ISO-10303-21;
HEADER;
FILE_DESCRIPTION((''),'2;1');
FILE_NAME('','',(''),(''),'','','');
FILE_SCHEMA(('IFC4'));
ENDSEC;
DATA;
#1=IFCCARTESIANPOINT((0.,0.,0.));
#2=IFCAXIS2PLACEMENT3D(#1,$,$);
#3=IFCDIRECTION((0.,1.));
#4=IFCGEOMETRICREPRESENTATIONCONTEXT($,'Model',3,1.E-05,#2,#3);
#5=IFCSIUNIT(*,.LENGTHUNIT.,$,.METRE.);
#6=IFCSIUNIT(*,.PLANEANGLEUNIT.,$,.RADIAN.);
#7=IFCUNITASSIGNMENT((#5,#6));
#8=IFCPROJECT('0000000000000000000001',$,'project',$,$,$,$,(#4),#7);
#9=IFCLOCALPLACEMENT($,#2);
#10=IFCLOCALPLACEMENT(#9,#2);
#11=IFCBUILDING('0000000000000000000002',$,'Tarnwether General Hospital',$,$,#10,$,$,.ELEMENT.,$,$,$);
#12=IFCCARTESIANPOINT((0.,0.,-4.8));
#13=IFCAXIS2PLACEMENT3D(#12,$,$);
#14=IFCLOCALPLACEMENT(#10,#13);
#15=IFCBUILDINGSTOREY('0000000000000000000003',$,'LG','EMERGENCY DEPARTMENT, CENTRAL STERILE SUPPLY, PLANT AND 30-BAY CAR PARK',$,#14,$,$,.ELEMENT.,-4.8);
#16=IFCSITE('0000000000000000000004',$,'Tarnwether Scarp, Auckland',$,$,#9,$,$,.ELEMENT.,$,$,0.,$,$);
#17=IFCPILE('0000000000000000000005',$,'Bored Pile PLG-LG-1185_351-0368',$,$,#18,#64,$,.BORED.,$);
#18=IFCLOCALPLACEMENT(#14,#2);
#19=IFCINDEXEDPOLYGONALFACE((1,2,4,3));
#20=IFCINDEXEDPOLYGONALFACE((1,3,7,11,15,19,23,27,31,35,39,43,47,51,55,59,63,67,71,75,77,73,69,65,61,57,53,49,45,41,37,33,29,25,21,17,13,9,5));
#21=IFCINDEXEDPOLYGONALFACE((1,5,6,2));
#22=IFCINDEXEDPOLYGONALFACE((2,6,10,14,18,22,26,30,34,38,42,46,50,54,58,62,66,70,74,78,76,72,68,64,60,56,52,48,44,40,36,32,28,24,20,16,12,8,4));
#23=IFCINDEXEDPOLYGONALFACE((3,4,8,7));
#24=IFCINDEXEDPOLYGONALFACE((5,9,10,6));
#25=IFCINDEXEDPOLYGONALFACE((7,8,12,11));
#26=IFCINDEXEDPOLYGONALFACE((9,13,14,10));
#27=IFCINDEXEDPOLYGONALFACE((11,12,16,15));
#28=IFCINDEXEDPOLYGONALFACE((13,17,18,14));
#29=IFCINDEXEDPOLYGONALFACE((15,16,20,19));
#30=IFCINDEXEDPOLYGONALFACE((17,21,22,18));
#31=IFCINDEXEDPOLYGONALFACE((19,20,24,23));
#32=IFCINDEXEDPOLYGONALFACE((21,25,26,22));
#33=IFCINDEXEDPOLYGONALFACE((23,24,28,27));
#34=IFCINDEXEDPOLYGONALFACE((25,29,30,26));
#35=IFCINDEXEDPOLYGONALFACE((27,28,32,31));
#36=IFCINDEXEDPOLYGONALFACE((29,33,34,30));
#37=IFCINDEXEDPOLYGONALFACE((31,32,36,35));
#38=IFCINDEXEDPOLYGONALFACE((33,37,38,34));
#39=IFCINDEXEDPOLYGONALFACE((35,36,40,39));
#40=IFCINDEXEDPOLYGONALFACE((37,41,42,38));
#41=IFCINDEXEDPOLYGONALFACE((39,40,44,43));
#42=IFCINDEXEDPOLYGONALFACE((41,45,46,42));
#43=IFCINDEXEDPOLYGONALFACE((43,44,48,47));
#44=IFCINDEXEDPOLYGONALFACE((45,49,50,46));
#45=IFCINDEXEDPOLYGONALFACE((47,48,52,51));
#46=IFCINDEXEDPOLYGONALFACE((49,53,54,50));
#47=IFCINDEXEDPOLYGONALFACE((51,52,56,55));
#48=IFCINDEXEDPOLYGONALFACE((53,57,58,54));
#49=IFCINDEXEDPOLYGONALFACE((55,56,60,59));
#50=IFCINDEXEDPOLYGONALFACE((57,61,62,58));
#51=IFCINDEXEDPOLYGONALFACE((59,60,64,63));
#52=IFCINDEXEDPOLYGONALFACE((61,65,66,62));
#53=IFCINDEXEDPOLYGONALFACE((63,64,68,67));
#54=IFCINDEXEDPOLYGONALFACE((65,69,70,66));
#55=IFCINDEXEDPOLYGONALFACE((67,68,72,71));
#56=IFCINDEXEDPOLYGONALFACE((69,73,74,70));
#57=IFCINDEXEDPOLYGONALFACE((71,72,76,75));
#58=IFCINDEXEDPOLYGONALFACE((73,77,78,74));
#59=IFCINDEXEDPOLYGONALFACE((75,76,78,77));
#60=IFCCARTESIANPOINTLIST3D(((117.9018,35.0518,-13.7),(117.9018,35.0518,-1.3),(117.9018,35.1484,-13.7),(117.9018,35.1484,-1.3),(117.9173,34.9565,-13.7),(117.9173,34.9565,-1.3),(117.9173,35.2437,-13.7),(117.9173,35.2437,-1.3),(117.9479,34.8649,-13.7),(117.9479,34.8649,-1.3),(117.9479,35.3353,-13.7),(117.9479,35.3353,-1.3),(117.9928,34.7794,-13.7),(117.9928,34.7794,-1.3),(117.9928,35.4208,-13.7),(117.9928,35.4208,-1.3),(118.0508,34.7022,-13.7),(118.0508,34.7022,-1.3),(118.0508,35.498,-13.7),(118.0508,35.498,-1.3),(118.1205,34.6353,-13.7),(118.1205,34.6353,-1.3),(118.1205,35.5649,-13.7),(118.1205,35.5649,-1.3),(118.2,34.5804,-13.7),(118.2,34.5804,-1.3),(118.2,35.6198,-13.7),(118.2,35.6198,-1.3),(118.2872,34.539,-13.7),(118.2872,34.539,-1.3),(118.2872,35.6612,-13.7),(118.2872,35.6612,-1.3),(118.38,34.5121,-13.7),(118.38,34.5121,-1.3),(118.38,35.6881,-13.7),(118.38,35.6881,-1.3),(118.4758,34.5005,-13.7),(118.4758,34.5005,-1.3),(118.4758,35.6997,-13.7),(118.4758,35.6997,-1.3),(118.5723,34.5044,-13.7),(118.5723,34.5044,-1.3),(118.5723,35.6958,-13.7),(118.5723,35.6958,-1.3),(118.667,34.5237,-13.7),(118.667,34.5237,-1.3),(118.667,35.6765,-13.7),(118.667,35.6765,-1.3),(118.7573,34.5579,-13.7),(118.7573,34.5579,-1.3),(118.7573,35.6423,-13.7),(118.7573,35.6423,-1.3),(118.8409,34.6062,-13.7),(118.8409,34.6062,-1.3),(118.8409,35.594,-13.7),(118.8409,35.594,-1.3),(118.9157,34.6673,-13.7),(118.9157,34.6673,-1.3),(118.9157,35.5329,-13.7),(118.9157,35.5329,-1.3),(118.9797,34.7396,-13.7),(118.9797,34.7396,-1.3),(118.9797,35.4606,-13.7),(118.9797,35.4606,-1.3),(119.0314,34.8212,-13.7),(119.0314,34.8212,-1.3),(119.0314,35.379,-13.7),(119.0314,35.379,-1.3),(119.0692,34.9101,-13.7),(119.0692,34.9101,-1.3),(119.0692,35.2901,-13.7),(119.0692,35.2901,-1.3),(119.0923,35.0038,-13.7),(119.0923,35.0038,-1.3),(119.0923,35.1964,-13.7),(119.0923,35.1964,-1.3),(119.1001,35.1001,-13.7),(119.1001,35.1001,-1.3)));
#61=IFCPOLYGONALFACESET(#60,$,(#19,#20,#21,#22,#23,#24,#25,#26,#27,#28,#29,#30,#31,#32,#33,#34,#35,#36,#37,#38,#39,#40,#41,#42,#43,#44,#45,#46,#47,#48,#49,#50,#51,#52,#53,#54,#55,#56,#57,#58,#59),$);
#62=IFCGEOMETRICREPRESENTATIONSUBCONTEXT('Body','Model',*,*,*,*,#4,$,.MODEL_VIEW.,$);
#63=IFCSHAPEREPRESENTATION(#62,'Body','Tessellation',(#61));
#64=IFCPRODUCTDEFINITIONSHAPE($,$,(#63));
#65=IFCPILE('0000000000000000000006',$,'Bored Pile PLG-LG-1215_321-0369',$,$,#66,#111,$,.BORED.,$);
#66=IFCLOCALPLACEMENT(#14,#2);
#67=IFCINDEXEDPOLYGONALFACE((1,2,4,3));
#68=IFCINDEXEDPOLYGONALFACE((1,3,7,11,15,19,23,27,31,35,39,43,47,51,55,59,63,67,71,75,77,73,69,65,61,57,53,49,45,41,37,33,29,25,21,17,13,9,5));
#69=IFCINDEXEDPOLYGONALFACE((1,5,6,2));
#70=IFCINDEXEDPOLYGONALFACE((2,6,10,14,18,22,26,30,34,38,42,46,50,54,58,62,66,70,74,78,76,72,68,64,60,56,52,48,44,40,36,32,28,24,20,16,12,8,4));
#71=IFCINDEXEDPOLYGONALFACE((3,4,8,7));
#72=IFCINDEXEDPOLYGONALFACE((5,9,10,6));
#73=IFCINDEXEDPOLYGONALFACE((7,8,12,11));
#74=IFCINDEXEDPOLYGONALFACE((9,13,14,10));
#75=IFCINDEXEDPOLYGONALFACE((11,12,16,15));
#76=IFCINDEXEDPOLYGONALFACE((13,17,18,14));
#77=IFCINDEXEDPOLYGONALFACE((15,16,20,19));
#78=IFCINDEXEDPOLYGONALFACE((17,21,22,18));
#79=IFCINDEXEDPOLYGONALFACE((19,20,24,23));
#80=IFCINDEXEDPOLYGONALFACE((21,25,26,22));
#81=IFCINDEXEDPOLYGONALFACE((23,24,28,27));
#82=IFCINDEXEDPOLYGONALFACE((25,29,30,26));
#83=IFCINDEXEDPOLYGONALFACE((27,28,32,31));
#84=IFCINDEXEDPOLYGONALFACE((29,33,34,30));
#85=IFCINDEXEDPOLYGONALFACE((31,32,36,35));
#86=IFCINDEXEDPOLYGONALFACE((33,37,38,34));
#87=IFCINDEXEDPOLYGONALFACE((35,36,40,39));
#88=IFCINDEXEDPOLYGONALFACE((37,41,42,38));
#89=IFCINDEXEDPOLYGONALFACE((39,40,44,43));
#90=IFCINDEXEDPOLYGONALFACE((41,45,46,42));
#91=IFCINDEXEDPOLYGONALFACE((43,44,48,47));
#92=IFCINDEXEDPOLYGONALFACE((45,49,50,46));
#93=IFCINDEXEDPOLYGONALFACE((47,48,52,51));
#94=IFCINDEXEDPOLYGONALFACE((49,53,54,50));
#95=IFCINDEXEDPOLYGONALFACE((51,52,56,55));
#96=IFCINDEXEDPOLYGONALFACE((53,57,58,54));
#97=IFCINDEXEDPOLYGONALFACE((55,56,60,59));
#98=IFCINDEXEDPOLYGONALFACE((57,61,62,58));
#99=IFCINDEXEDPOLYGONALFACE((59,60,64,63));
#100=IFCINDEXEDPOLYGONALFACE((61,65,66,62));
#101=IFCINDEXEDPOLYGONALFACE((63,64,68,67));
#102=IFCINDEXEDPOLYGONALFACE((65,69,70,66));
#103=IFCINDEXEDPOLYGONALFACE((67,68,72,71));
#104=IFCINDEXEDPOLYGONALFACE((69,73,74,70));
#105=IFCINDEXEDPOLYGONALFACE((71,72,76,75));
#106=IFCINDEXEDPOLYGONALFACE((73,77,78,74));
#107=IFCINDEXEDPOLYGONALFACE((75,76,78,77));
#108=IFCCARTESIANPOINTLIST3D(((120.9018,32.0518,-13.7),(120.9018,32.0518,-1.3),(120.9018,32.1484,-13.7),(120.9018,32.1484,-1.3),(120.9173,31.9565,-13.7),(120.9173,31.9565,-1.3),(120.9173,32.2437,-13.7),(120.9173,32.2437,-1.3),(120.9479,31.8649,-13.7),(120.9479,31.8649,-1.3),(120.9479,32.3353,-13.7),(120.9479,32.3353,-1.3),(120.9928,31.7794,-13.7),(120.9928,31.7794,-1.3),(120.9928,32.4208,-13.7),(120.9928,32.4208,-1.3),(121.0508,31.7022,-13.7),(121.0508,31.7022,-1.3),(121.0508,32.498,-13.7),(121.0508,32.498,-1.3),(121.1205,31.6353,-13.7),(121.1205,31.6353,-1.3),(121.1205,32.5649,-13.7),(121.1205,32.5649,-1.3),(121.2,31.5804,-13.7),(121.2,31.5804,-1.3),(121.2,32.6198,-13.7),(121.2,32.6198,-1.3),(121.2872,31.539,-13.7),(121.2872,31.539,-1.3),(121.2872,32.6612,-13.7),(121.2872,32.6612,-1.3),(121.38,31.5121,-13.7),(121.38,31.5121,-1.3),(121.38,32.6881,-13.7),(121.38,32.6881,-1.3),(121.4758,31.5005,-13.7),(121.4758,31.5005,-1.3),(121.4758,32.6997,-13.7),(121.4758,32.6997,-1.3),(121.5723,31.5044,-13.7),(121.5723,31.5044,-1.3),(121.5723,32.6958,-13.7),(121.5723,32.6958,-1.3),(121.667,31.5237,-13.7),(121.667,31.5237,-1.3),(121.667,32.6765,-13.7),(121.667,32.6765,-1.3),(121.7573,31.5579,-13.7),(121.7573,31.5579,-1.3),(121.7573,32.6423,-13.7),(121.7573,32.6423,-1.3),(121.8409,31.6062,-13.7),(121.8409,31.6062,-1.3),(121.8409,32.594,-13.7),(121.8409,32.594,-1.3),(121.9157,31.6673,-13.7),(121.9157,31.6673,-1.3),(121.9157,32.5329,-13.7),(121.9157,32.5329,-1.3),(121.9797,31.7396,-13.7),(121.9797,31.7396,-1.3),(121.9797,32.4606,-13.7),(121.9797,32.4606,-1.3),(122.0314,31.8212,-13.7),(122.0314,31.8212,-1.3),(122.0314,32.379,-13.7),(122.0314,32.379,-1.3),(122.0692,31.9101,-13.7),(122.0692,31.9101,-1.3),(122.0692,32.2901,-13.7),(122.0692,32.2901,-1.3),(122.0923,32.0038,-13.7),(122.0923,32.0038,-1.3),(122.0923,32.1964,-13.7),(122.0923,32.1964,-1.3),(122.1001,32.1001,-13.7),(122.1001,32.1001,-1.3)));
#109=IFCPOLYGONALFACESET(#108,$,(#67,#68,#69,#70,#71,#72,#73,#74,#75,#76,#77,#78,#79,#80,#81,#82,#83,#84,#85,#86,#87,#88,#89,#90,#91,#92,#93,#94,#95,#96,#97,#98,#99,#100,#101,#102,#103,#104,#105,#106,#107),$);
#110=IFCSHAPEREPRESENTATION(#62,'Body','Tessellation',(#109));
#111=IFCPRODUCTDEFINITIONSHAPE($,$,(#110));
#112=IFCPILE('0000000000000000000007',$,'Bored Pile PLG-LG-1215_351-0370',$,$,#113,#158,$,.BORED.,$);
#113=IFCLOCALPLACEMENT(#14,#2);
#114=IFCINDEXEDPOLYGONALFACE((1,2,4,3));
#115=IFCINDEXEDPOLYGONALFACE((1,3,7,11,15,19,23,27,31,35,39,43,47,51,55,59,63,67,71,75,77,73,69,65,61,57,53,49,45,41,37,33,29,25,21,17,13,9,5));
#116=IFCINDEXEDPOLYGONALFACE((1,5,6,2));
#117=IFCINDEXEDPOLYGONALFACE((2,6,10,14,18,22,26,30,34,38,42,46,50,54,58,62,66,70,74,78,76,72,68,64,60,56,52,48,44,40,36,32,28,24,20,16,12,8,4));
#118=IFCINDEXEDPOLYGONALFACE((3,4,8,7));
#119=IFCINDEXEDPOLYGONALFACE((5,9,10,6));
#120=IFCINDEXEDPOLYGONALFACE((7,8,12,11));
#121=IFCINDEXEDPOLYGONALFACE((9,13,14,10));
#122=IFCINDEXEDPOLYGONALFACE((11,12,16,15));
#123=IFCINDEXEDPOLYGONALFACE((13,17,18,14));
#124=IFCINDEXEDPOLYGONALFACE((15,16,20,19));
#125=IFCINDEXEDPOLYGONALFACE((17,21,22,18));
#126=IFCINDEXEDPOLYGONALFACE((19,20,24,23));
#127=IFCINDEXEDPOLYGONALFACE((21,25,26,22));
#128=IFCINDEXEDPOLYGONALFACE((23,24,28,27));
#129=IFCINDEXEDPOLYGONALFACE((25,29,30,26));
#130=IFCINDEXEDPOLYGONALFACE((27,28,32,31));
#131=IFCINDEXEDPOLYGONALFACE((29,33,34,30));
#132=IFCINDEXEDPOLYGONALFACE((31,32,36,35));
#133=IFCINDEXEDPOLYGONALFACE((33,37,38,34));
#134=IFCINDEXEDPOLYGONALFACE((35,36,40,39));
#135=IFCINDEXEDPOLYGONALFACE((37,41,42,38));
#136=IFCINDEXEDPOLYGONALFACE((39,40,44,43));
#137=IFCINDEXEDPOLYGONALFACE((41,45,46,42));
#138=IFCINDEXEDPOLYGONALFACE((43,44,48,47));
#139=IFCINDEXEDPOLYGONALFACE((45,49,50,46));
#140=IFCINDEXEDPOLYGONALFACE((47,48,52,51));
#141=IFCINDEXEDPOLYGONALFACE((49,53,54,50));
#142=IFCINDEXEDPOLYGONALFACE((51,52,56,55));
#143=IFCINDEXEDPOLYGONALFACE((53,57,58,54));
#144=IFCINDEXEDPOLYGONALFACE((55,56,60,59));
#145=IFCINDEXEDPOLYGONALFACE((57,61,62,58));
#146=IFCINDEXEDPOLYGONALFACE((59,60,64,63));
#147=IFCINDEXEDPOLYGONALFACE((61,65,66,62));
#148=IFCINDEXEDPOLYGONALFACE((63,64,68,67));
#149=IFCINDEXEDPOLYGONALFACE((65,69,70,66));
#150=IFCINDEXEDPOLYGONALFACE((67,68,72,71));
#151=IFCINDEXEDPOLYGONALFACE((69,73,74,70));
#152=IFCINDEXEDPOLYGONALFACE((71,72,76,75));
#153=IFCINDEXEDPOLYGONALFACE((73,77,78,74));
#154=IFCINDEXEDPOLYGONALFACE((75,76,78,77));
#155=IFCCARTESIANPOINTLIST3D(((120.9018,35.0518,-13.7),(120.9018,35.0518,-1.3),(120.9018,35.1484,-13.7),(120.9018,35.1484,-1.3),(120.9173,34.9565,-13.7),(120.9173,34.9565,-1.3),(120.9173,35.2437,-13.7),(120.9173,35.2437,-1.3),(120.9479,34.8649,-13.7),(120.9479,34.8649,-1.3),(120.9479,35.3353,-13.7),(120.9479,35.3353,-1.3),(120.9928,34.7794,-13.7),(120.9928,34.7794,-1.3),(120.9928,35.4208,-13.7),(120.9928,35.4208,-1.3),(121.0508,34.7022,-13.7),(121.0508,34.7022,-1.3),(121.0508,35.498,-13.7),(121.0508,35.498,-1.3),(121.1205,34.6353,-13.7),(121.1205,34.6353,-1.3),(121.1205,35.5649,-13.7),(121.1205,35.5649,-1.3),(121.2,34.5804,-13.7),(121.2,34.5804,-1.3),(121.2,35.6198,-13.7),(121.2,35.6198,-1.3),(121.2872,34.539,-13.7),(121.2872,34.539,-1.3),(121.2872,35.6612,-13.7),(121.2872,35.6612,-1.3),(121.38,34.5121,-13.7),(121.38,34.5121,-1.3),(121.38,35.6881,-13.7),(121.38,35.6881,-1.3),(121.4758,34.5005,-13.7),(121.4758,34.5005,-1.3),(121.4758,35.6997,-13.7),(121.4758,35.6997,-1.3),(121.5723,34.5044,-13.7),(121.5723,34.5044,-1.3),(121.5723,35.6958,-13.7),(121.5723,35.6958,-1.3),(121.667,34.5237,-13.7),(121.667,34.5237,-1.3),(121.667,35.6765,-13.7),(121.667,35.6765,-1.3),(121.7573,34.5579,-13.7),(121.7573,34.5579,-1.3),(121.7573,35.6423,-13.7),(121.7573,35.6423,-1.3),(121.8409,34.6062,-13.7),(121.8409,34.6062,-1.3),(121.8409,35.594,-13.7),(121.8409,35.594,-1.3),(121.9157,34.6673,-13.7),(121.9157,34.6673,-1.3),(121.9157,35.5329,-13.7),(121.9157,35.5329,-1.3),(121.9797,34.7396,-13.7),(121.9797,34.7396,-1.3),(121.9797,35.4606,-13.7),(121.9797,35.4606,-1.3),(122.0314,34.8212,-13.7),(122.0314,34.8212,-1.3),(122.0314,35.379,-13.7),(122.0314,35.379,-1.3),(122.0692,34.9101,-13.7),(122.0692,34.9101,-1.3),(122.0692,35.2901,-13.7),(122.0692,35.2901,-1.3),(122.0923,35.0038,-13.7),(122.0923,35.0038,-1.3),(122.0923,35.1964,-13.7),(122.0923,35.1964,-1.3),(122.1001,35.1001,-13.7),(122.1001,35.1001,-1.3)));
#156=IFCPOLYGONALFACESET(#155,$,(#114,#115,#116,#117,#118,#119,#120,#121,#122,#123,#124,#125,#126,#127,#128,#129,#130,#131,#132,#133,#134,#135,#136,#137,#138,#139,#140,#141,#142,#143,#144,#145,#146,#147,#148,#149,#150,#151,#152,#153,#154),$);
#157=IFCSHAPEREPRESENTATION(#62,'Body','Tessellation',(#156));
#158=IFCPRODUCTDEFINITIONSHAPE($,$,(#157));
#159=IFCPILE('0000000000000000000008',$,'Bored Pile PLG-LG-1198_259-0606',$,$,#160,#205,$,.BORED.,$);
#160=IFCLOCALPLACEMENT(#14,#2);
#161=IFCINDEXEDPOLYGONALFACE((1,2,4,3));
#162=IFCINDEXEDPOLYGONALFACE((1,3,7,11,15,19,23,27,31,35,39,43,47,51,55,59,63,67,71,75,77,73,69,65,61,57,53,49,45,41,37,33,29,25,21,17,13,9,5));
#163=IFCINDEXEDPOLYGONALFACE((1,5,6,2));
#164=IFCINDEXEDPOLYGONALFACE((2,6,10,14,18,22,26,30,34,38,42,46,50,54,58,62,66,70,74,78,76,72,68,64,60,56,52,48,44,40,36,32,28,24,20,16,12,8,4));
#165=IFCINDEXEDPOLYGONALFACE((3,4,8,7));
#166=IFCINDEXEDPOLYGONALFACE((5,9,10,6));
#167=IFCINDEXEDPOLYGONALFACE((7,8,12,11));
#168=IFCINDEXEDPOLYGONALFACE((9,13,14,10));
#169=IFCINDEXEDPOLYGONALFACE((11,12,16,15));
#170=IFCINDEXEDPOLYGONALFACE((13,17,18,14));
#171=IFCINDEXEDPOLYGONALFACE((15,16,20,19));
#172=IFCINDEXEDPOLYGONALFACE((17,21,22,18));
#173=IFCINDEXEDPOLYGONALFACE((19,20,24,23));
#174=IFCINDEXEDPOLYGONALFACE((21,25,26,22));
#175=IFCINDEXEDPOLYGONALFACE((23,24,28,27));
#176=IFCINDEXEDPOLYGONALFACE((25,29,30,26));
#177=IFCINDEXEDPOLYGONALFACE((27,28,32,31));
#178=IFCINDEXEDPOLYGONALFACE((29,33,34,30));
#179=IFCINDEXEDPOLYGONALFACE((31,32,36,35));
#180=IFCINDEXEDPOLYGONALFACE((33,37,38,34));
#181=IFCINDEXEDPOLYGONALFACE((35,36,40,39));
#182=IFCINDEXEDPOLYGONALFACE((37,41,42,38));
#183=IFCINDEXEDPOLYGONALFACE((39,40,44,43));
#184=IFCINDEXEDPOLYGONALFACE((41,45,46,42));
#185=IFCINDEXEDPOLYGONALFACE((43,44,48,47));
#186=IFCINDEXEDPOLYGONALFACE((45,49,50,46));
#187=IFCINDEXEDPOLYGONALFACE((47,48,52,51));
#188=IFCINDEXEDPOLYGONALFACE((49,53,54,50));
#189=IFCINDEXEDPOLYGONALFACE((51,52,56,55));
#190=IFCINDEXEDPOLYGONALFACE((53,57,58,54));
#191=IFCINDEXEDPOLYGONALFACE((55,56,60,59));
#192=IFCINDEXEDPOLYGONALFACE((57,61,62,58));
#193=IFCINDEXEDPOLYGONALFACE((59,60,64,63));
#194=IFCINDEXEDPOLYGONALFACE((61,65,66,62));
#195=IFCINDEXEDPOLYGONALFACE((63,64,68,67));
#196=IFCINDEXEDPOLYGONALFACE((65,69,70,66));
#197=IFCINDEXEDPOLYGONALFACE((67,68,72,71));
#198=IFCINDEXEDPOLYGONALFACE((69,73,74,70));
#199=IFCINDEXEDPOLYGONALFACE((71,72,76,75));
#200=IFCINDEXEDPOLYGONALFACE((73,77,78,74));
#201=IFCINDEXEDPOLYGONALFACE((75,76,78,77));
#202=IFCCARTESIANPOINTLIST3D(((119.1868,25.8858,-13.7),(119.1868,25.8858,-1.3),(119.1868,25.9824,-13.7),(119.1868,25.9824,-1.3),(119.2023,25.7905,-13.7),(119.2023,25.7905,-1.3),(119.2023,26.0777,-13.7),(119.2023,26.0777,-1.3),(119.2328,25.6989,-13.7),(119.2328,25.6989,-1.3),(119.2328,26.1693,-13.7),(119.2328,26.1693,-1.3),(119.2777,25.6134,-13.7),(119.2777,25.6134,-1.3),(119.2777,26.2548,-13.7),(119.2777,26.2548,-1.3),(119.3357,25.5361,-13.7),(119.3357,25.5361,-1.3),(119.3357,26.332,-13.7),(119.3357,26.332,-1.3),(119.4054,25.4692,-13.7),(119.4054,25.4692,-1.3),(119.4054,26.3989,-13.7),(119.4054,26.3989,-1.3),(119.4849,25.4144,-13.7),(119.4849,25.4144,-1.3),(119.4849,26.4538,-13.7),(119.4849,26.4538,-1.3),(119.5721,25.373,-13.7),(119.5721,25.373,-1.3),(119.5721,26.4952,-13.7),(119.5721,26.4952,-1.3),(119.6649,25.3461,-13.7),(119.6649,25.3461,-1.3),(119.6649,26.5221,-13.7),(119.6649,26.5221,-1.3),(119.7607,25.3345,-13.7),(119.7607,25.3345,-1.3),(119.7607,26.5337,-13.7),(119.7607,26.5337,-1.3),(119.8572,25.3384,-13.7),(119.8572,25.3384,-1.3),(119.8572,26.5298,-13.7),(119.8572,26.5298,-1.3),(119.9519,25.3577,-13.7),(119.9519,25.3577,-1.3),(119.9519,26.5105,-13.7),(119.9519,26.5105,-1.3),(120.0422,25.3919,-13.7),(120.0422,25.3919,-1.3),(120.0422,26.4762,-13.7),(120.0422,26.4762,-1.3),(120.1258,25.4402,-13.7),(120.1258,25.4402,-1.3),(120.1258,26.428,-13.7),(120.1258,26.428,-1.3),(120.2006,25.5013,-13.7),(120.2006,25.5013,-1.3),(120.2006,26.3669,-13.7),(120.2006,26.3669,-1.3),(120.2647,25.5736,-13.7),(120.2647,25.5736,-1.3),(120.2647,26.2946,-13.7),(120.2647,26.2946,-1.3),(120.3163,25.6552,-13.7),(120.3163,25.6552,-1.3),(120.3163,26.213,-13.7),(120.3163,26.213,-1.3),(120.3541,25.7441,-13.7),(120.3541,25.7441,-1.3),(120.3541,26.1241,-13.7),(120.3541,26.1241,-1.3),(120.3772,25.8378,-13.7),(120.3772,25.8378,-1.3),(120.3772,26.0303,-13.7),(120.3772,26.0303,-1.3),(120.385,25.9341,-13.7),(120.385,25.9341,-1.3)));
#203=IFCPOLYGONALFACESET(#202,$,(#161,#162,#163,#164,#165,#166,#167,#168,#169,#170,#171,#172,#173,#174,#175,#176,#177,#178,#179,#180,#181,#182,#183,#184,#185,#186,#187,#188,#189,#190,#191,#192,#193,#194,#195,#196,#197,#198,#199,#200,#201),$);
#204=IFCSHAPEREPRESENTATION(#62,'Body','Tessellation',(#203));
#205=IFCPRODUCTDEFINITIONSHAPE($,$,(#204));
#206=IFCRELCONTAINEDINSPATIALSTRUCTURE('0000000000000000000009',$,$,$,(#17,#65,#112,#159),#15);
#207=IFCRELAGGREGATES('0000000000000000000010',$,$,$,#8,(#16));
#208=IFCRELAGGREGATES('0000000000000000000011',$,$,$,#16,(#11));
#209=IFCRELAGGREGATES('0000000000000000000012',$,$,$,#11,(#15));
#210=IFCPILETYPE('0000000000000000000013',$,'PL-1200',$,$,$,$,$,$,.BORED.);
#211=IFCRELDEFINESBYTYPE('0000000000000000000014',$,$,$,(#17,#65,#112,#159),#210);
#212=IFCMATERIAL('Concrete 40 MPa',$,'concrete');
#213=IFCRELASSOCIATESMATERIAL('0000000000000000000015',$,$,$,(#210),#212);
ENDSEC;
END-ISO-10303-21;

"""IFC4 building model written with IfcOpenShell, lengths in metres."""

from ifc_helpers import new_model, si_unit, direction, frame, origin, origin_2d, place, context, subcontext, project, spatial, circle, extrude, material, material_profile, profile_set, type_object, element, save


model = new_model("IFC4")

# Units and contexts
model_context = context("Model", 3, precision=1e-05, world=origin(), true_north=direction((0.0, 1.0)))
body_context = subcontext(model_context, "Body", "Model", "MODEL_VIEW")
ifc_project = project(units=[si_unit("LENGTHUNIT", "METRE"), si_unit("PLANEANGLEUNIT", "RADIAN")], contexts=[model_context])

# Site, building, storey
site_placement = place(None, origin())
site = spatial("IfcSite", under=ifc_project, at=site_placement, Name="Tarnwether Scarp, Auckland", CompositionType="ELEMENT", RefElevation=0.0)
building_placement = place(site_placement, origin())
building = spatial("IfcBuilding", under=site, at=building_placement, Name="Tarnwether General Hospital", CompositionType="ELEMENT")
storey_placement = place(building_placement, frame((0.0, 0.0, -4.8)))
storey = spatial("IfcBuildingStorey", under=building, at=storey_placement, Name="LG", Description="EMERGENCY DEPARTMENT, CENTRAL STERILE SUPPLY, PLANT AND 30-BAY CAR PARK", CompositionType="ELEMENT", Elevation=-4.8)

# Piles
ifc_material_1 = material(Name="Concrete 40 MPa", Category="concrete")
ifc_material_profile_1 = material_profile(ifc_material_1, circle(Radius=0.6001, at=origin_2d()), Name="PILE-D1200")
ifc_profile_set_1 = profile_set([ifc_material_profile_1], Name="Concrete 40 MPa")
pile_type_1 = type_object("IfcPileType", Name="PL-1200", PredefinedType="BORED", material=ifc_profile_set_1)
for number, where, z_axis, x_axis, name in (
    (1, (118.5, 35.1001, -1.3), (0.0, 0.0, -1.0), (1.0, 0.0, 0.0), "Bored Pile PLG-LG-1185_351-0368"),
    (2, (121.5, 32.1001, -1.3), (0.0, 0.0, -1.0), (1.0, 0.0, 0.0), "Bored Pile PLG-LG-1215_321-0369"),
    (3, (121.5, 35.1001, -1.3), (0.0, 0.0, -1.0), (1.0, 0.0, 0.0), "Bored Pile PLG-LG-1215_351-0370"),
    (4, (119.7849, 25.9341, -1.3), (0.0, 0.0, -1.0), (1.0, 0.0, 0.0), "Bored Pile PLG-LG-1198_259-0606"),
):
    element("IfcPile", number, at=place(storey_placement, frame(where, z_axis=z_axis, x_axis=x_axis)), inside=storey, type_object=pile_type_1, Name=name, PredefinedType="BORED", context=body_context, shape_type="SweptSolid", body=[
        extrude(circle(Radius=0.6001, at=origin_2d()), origin(), (0.0, 0.0, 1.0), 12.3999),
    ])

save(model, "model.ifc")
